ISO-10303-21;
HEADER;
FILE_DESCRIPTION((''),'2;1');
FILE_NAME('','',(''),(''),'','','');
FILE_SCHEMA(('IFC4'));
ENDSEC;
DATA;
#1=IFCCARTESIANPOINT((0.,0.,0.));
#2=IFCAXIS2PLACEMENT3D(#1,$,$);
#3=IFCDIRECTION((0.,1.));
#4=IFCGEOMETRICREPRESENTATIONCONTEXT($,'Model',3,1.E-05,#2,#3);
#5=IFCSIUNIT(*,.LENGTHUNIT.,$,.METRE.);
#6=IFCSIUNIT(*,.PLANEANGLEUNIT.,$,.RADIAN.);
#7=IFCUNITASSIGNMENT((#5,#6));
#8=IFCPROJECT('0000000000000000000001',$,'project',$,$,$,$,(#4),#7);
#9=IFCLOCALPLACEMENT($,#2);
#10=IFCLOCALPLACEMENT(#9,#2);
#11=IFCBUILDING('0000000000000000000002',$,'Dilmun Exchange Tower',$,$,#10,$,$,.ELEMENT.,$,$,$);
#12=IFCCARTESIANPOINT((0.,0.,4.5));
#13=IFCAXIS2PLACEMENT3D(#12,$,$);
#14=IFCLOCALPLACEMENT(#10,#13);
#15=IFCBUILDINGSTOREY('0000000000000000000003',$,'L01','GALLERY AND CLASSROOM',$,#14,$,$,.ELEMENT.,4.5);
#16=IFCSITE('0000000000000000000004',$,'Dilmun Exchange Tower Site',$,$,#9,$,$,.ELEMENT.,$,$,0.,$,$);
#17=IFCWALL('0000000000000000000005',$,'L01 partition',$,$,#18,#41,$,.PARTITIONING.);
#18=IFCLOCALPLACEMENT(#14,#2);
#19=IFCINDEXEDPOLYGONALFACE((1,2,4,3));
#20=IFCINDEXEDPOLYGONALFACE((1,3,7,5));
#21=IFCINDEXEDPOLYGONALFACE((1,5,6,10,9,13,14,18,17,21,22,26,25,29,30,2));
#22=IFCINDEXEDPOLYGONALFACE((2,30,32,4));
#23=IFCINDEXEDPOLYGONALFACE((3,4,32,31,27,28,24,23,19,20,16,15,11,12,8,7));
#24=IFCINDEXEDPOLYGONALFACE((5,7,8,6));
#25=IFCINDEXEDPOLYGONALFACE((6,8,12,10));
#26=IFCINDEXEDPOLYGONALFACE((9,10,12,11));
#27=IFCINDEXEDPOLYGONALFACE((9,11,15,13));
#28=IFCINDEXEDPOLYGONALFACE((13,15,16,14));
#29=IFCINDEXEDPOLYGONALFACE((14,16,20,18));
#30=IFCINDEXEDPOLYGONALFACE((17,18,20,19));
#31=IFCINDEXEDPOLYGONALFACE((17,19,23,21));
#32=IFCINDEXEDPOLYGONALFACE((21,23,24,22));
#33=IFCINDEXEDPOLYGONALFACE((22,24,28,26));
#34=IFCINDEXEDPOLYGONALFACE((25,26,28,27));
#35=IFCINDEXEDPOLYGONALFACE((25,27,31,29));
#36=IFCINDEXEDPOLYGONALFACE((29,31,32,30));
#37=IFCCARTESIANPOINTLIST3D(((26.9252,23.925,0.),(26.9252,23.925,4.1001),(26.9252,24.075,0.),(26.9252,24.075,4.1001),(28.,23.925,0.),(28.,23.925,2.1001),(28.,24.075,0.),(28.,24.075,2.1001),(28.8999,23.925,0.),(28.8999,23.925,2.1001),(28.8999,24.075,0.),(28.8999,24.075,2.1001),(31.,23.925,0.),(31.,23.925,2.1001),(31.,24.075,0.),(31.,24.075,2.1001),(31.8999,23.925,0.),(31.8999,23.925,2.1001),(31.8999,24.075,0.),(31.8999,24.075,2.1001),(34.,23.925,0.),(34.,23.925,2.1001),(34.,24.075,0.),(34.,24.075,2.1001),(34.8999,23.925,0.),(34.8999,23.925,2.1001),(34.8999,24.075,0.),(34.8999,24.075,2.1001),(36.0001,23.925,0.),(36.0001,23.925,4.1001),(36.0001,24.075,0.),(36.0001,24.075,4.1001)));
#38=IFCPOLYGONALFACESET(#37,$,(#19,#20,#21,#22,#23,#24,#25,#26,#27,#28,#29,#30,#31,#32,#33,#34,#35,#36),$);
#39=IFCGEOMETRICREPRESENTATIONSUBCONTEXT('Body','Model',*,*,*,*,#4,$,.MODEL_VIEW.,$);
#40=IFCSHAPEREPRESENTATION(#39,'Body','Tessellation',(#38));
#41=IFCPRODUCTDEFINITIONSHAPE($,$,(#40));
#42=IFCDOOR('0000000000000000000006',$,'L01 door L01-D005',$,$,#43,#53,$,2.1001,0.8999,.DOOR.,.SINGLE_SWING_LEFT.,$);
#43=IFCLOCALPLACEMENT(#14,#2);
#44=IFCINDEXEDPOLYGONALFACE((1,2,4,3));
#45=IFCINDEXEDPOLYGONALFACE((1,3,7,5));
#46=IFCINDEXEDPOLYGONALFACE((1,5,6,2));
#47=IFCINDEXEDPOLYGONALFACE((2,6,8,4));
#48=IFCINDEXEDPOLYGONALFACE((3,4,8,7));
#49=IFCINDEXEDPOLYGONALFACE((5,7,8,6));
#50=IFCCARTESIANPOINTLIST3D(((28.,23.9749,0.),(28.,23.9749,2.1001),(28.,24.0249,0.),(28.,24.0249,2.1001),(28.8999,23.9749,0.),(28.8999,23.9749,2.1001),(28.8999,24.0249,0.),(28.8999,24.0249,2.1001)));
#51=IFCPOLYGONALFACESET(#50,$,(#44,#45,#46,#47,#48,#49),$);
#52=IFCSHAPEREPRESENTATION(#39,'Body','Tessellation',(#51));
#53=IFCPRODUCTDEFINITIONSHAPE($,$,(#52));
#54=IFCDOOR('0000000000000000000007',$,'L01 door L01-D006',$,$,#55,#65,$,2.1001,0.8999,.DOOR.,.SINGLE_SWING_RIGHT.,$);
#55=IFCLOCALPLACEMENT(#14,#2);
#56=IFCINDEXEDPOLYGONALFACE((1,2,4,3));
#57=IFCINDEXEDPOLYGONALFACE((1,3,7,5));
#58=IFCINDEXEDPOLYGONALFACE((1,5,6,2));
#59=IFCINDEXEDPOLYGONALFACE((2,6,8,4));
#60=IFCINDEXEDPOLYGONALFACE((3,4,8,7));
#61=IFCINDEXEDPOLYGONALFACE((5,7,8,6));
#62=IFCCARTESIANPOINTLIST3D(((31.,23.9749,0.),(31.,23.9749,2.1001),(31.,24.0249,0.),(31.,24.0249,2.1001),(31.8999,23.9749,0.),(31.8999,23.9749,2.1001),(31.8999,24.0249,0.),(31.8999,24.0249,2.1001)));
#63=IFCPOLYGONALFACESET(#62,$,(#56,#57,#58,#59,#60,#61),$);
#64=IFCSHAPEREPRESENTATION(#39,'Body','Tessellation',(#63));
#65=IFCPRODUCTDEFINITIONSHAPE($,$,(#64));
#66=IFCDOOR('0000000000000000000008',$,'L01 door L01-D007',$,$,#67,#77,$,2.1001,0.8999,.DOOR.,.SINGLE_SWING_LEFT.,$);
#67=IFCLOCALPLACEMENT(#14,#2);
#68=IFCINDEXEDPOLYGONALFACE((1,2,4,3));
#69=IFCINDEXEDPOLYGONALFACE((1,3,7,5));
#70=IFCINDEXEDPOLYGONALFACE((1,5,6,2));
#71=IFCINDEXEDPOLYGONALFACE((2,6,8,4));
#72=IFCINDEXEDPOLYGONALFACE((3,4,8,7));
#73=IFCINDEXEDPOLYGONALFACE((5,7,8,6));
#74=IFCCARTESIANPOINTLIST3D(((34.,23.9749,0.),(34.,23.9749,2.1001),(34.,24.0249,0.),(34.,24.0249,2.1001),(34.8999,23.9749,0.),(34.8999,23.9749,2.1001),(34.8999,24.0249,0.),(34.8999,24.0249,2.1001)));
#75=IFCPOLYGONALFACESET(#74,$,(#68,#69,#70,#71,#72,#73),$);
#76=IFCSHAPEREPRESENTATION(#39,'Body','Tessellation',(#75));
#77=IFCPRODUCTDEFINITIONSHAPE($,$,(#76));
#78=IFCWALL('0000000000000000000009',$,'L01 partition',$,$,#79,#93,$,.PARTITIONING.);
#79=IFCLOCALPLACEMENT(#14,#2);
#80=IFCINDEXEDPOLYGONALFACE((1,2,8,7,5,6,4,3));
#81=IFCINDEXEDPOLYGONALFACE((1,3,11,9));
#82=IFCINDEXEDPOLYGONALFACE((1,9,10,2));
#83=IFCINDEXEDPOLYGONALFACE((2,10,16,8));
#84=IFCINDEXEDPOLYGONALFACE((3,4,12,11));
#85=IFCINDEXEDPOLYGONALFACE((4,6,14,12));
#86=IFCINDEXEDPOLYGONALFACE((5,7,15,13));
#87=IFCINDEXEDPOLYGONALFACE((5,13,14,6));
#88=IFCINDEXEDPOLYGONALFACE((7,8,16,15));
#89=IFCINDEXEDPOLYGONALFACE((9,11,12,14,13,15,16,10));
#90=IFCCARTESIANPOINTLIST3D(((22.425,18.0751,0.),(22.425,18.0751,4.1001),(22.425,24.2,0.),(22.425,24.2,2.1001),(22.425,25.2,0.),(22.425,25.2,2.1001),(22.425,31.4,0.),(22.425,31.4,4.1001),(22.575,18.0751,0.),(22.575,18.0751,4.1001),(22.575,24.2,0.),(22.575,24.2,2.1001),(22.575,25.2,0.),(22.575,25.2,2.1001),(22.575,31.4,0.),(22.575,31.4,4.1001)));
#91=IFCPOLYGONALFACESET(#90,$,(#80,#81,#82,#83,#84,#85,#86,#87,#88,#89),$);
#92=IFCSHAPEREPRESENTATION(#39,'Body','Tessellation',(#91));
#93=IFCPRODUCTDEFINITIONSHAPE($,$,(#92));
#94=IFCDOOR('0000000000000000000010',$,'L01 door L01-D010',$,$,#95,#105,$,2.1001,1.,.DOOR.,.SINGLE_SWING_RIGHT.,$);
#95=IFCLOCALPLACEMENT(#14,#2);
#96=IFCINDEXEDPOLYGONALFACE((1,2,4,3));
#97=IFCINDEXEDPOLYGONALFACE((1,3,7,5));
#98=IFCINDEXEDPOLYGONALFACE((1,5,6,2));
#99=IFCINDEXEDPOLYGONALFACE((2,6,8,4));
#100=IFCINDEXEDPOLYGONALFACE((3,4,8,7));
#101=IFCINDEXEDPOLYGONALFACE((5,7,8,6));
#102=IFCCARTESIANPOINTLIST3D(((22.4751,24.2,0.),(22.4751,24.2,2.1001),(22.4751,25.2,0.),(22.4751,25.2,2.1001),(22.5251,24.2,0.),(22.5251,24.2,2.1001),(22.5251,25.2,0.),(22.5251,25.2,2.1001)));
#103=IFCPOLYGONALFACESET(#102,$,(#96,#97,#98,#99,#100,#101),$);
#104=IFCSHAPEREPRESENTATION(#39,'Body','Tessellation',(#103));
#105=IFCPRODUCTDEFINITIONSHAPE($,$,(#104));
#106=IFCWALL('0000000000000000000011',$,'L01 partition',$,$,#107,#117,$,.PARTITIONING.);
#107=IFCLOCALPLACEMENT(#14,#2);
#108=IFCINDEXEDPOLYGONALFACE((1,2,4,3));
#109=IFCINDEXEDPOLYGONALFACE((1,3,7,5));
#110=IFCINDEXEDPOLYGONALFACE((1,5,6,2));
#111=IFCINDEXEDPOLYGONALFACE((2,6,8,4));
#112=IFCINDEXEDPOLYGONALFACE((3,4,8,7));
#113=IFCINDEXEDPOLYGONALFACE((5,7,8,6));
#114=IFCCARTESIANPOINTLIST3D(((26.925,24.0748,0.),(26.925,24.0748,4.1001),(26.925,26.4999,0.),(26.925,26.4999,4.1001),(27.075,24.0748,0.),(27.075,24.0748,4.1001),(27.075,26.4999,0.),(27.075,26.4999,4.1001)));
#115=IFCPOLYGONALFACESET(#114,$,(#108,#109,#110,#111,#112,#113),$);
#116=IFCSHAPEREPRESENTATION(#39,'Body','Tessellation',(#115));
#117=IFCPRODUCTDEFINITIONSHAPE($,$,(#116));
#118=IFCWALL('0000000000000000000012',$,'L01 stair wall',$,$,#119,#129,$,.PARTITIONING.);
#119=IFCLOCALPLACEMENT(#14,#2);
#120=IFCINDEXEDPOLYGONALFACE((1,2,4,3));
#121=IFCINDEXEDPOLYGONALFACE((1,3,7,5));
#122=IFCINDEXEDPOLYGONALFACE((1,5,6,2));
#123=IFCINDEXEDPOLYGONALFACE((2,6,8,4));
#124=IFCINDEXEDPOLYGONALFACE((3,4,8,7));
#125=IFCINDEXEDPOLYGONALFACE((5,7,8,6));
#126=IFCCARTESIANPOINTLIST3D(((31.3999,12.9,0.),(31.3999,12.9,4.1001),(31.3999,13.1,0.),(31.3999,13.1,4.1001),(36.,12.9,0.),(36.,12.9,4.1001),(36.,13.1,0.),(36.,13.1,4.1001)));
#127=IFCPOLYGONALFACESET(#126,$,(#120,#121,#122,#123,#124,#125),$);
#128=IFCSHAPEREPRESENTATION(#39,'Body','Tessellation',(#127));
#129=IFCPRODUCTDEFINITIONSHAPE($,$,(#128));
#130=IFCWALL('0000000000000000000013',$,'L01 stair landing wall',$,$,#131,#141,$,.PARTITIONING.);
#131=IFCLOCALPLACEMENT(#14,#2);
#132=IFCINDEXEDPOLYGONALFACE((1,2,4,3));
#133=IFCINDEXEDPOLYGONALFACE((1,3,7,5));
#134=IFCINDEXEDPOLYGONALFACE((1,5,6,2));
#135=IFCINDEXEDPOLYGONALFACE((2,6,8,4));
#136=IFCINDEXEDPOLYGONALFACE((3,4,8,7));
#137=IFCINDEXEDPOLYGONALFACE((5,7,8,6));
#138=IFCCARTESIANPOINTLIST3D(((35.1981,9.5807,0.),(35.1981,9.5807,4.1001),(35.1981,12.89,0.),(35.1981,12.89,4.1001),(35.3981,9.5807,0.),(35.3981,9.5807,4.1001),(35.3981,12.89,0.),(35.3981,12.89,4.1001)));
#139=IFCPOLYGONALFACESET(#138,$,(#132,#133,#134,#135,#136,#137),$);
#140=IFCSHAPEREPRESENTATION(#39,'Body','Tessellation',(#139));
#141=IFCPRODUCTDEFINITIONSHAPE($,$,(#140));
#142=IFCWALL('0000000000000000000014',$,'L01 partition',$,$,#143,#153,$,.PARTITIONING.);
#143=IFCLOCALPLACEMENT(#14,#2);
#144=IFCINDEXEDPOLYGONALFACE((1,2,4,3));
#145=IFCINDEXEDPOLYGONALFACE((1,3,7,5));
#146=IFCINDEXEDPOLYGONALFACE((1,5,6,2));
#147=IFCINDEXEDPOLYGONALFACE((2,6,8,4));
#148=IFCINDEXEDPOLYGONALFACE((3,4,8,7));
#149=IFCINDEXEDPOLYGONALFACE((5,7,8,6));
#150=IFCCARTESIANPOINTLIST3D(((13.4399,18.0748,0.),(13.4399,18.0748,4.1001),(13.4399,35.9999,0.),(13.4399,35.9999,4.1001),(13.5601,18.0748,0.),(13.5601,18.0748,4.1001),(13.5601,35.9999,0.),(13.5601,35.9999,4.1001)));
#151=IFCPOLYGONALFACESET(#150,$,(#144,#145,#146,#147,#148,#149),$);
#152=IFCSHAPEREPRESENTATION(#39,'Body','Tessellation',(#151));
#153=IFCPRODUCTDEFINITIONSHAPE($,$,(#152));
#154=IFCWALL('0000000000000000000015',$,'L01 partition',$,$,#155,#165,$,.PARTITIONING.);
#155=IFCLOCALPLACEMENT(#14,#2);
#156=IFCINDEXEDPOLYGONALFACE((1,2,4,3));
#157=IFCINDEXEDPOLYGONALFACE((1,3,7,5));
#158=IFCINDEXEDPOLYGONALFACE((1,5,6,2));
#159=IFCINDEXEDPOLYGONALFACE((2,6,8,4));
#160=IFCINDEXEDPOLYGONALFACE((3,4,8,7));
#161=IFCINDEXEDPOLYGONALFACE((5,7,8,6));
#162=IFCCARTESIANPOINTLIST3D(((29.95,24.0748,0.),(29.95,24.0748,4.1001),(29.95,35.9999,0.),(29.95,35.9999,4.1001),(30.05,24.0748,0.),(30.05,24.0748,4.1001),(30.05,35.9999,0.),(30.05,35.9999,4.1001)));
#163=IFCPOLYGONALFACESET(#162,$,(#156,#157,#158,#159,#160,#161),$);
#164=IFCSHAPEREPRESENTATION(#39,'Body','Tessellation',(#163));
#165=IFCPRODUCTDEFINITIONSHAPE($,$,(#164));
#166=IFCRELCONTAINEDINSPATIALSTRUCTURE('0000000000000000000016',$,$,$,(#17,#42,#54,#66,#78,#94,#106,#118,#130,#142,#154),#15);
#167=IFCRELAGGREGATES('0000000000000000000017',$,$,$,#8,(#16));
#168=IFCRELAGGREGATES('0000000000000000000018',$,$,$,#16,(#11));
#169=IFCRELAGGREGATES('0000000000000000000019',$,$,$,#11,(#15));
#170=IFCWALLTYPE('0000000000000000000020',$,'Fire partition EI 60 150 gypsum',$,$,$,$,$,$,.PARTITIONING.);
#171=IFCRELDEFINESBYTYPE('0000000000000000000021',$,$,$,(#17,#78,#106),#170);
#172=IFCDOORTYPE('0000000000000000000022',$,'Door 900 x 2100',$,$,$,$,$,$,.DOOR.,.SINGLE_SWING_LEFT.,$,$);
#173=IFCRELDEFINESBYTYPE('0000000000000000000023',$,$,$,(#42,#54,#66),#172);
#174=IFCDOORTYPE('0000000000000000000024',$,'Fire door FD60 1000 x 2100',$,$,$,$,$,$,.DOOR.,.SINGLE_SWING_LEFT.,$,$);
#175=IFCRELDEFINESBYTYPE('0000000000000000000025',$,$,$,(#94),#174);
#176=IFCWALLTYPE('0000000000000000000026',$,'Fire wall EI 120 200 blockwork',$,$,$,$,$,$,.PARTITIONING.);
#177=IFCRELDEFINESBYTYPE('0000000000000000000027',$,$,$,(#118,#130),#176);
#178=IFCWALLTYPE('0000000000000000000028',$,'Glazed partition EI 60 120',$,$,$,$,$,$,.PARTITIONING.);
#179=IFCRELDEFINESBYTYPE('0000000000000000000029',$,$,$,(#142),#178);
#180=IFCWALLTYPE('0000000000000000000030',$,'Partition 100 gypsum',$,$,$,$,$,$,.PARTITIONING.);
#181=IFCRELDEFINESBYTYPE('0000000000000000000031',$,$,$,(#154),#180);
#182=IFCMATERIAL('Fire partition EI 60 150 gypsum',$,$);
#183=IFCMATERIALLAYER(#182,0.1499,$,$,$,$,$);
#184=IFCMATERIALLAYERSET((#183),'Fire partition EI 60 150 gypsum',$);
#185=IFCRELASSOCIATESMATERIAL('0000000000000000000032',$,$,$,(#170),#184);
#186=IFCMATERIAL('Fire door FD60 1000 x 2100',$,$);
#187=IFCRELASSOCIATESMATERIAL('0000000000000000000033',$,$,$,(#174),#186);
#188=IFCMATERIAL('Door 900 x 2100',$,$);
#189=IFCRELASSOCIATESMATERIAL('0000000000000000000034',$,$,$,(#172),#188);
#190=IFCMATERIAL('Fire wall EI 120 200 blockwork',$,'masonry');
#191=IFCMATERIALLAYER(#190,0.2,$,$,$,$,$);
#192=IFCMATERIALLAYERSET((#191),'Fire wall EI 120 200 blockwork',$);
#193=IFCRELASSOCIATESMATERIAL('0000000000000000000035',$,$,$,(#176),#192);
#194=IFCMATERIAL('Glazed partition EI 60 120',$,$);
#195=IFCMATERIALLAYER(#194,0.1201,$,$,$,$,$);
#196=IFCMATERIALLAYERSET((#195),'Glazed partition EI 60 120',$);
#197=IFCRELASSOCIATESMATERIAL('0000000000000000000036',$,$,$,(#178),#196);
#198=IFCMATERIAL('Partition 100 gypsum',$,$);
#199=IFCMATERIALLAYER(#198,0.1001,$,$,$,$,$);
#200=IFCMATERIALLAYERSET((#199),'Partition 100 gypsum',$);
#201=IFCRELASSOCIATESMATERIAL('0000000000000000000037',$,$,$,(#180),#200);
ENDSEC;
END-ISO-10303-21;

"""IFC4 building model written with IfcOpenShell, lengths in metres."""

from ifc_helpers import new_model, si_unit, direction, frame, frame_2d, origin, place, context, subcontext, project, spatial, rectangle, extrude, material, layer, layer_set, type_object, element, fill, save


model = new_model("IFC4")

# Units and contexts
model_context = context("Model", 3, precision=1e-05, world=origin(), true_north=direction((0.0, 1.0)))
body_context = subcontext(model_context, "Body", "Model", "MODEL_VIEW")
ifc_project = project(units=[si_unit("LENGTHUNIT", "METRE"), si_unit("PLANEANGLEUNIT", "RADIAN")], contexts=[model_context])

# Site, building, storey
site_placement = place(None, origin())
site = spatial("IfcSite", under=ifc_project, at=site_placement, Name="Dilmun Exchange Tower Site", CompositionType="ELEMENT", RefElevation=0.0)
building_placement = place(site_placement, origin())
building = spatial("IfcBuilding", under=site, at=building_placement, Name="Dilmun Exchange Tower", CompositionType="ELEMENT")
storey_placement = place(building_placement, frame((0.0, 0.0, 4.5)))
storey = spatial("IfcBuildingStorey", under=building, at=storey_placement, Name="L01", Description="GALLERY AND CLASSROOM", CompositionType="ELEMENT", Elevation=4.5)

# Shared definitions
ifc_material_1 = material(Name="Fire partition EI 60 150 gypsum")
ifc_layer_1 = layer(ifc_material_1, 0.1499)
ifc_layer_set_1 = layer_set([ifc_layer_1], Name="Fire partition EI 60 150 gypsum")
wall_type_1 = type_object("IfcWallType", Name="Fire partition EI 60 150 gypsum", PredefinedType="PARTITIONING", material=ifc_layer_set_1)
ifc_material_2 = material(Name="Fire door FD60 1000 x 2100")
door_type_1 = type_object("IfcDoorType", Name="Fire door FD60 1000 x 2100", OperationType="SINGLE_SWING_LEFT", PredefinedType="DOOR", material=ifc_material_2)

# Wall, openings, doors
wall_1_placement = place(storey_placement, frame((26.925, 24.0, 0.0), z_axis=(0.0, 0.0, 1.0), x_axis=(1.0, 0.0, 0.0)))
wall_1 = element("IfcWall", 1, at=wall_1_placement, inside=storey, type_object=wall_type_1, Name="L01 partition", PredefinedType="PARTITIONING", context=body_context, shape_type="SweptSolid", body=[
    extrude(rectangle(XDim=9.075, YDim=0.1499, at=frame_2d((4.5376, 0.0))), origin(), (0.0, 0.0, 1.0), 4.1001),
])
opening_1_placement = place(wall_1_placement, frame((1.075, 0.0, 0.0)))
opening_1 = element("IfcOpeningElement", 2, at=opening_1_placement, cuts=wall_1, PredefinedType="OPENING", context=body_context, shape_type="SweptSolid", body=[
    extrude(rectangle(XDim=0.8999, YDim=2.1001, at=frame_2d((0.45, 1.05))), frame((0.0, 0.085, 0.0), z_axis=(0.0, -1.0, 0.0), x_axis=(1.0, 0.0, 0.0)), (0.0, 0.0, 1.0), 0.1699),
])
opening_2_placement = place(wall_1_placement, frame((4.075, 0.0, 0.0)))
opening_2 = element("IfcOpeningElement", 3, at=opening_2_placement, cuts=wall_1, PredefinedType="OPENING", context=body_context, shape_type="SweptSolid", body=[
    extrude(rectangle(XDim=0.8999, YDim=2.1001, at=frame_2d((0.45, 1.05))), frame((0.0, 0.085, 0.0), z_axis=(0.0, -1.0, 0.0), x_axis=(1.0, 0.0, 0.0)), (0.0, 0.0, 1.0), 0.1699),
])
opening_3_placement = place(wall_1_placement, frame((7.075, 0.0, 0.0)))
opening_3 = element("IfcOpeningElement", 4, at=opening_3_placement, cuts=wall_1, PredefinedType="OPENING", context=body_context, shape_type="SweptSolid", body=[
    extrude(rectangle(XDim=0.8999, YDim=2.1001, at=frame_2d((0.45, 1.05))), frame((0.0, 0.085, 0.0), z_axis=(0.0, -1.0, 0.0), x_axis=(1.0, 0.0, 0.0)), (0.0, 0.0, 1.0), 0.1699),
])
ifc_material_3 = material(Name="Door 900 x 2100")
door_type_2 = type_object("IfcDoorType", Name="Door 900 x 2100", OperationType="SINGLE_SWING_LEFT", PredefinedType="DOOR", material=ifc_material_3)
door_1_placement = place(opening_1_placement, origin())
door_1 = element("IfcDoor", 5, at=door_1_placement, inside=storey, type_object=door_type_2, Name="L01 door L01-D005", OperationType="SINGLE_SWING_LEFT", OverallHeight=2.1001, OverallWidth=0.8999, PredefinedType="DOOR", context=body_context, shape_type="SweptSolid", body=[
    extrude(rectangle(XDim=0.8999, YDim=2.1001, at=frame_2d((0.45, 1.05))), frame((0.0, 0.0249, 0.0), z_axis=(0.0, -1.0, 0.0), x_axis=(1.0, 0.0, 0.0)), (0.0, 0.0, 1.0), 0.05),
])
fill(opening_1, door_1)
door_2_placement = place(opening_2_placement, origin())
door_2 = element("IfcDoor", 6, at=door_2_placement, inside=storey, type_object=door_type_2, Name="L01 door L01-D006", OperationType="SINGLE_SWING_RIGHT", OverallHeight=2.1001, OverallWidth=0.8999, PredefinedType="DOOR", context=body_context, shape_type="SweptSolid", body=[
    extrude(rectangle(XDim=0.8999, YDim=2.1001, at=frame_2d((0.45, 1.05))), frame((0.0, 0.0249, 0.0), z_axis=(0.0, -1.0, 0.0), x_axis=(1.0, 0.0, 0.0)), (0.0, 0.0, 1.0), 0.05),
])
fill(opening_2, door_2)
door_3_placement = place(opening_3_placement, origin())
door_3 = element("IfcDoor", 7, at=door_3_placement, inside=storey, type_object=door_type_2, Name="L01 door L01-D007", OperationType="SINGLE_SWING_LEFT", OverallHeight=2.1001, OverallWidth=0.8999, PredefinedType="DOOR", context=body_context, shape_type="SweptSolid", body=[
    extrude(rectangle(XDim=0.8999, YDim=2.1001, at=frame_2d((0.45, 1.05))), frame((0.0, 0.0249, 0.0), z_axis=(0.0, -1.0, 0.0), x_axis=(1.0, 0.0, 0.0)), (0.0, 0.0, 1.0), 0.05),
])
fill(opening_3, door_3)

# Wall, opening, door
wall_2_placement = place(storey_placement, frame((22.5, 18.075, 0.0), z_axis=(0.0, 0.0, 1.0), x_axis=(0.0, 1.0, 0.0)))
wall_2 = element("IfcWall", 8, at=wall_2_placement, inside=storey, type_object=wall_type_1, Name="L01 partition", PredefinedType="PARTITIONING", context=body_context, shape_type="SweptSolid", body=[
    extrude(rectangle(XDim=13.325, YDim=0.1499, at=frame_2d((6.6626, 0.0))), origin(), (0.0, 0.0, 1.0), 4.1001),
])
opening_4_placement = place(wall_2_placement, frame((6.125, 0.0, 0.0)))
opening_4 = element("IfcOpeningElement", 9, at=opening_4_placement, cuts=wall_2, PredefinedType="OPENING", context=body_context, shape_type="SweptSolid", body=[
    extrude(rectangle(XDim=1.0, YDim=2.1001, at=frame_2d((0.5, 1.05))), frame((0.0, 0.085, 0.0), z_axis=(0.0, -1.0, 0.0), x_axis=(1.0, 0.0, 0.0)), (0.0, 0.0, 1.0), 0.1699),
])
door_4_placement = place(opening_4_placement, origin())
door_4 = element("IfcDoor", 10, at=door_4_placement, inside=storey, type_object=door_type_1, Name="L01 door L01-D010", OperationType="SINGLE_SWING_RIGHT", OverallHeight=2.1001, OverallWidth=1.0, PredefinedType="DOOR", context=body_context, shape_type="SweptSolid", body=[
    extrude(rectangle(XDim=1.0, YDim=2.1001, at=frame_2d((0.5, 1.05))), frame((0.0, 0.0249, 0.0), z_axis=(0.0, -1.0, 0.0), x_axis=(1.0, 0.0, 0.0)), (0.0, 0.0, 1.0), 0.05),
])
fill(opening_4, door_4)

# Walls
wall_3_placement = place(storey_placement, frame((27.0, 24.075, 0.0), z_axis=(0.0, 0.0, 1.0), x_axis=(0.0, 1.0, 0.0)))
element("IfcWall", 11, at=wall_3_placement, inside=storey, type_object=wall_type_1, Name="L01 partition", PredefinedType="PARTITIONING", context=body_context, shape_type="SweptSolid", body=[
    extrude(rectangle(XDim=2.425, YDim=0.1499, at=frame_2d((1.2124, 0.0))), origin(), (0.0, 0.0, 1.0), 4.1001),
])
ifc_material_4 = material(Name="Fire wall EI 120 200 blockwork", Category="masonry")
ifc_layer_2 = layer(ifc_material_4, 0.2)
ifc_layer_set_2 = layer_set([ifc_layer_2], Name="Fire wall EI 120 200 blockwork")
wall_type_2 = type_object("IfcWallType", Name="Fire wall EI 120 200 blockwork", PredefinedType="PARTITIONING", material=ifc_layer_set_2)
wall_4_placement = place(storey_placement, frame((31.3999, 13.0, 0.0), z_axis=(0.0, 0.0, 1.0), x_axis=(1.0, 0.0, 0.0)))
element("IfcWall", 12, at=wall_4_placement, inside=storey, type_object=wall_type_2, Name="L01 stair wall", PredefinedType="PARTITIONING", context=body_context, shape_type="SweptSolid", body=[
    extrude(rectangle(XDim=4.6001, YDim=0.2, at=frame_2d((2.3, 0.0))), origin(), (0.0, 0.0, 1.0), 4.1001),
])
wall_5_placement = place(storey_placement, frame((35.2981, 9.5806, 0.0), z_axis=(0.0, 0.0, 1.0), x_axis=(0.0, 1.0, 0.0)))
element("IfcWall", 13, at=wall_5_placement, inside=storey, type_object=wall_type_2, Name="L01 stair landing wall", PredefinedType="PARTITIONING", context=body_context, shape_type="SweptSolid", body=[
    extrude(rectangle(XDim=3.3093, YDim=0.2, at=frame_2d((1.6548, 0.0))), origin(), (0.0, 0.0, 1.0), 4.1001),
])
ifc_material_5 = material(Name="Glazed partition EI 60 120")
ifc_layer_3 = layer(ifc_material_5, 0.1201)
ifc_layer_set_3 = layer_set([ifc_layer_3], Name="Glazed partition EI 60 120")
wall_type_3 = type_object("IfcWallType", Name="Glazed partition EI 60 120", PredefinedType="PARTITIONING", material=ifc_layer_set_3)
wall_6_placement = place(storey_placement, frame((13.5, 18.075, 0.0), z_axis=(0.0, 0.0, 1.0), x_axis=(0.0, 1.0, 0.0)))
element("IfcWall", 14, at=wall_6_placement, inside=storey, type_object=wall_type_3, Name="L01 partition", PredefinedType="PARTITIONING", context=body_context, shape_type="SweptSolid", body=[
    extrude(rectangle(XDim=17.925, YDim=0.1201, at=frame_2d((8.9624, 0.0))), origin(), (0.0, 0.0, 1.0), 4.1001),
])
ifc_material_6 = material(Name="Partition 100 gypsum")
ifc_layer_4 = layer(ifc_material_6, 0.1001)
ifc_layer_set_4 = layer_set([ifc_layer_4], Name="Partition 100 gypsum")
wall_type_4 = type_object("IfcWallType", Name="Partition 100 gypsum", PredefinedType="PARTITIONING", material=ifc_layer_set_4)
for number, where, z_axis, x_axis, name in (
    (15, (30.0, 24.075, 0.0), (0.0, 0.0, 1.0), (0.0, 1.0, 0.0), "L01 partition"),
):
    element("IfcWall", number, at=place(storey_placement, frame(where, z_axis=z_axis, x_axis=x_axis)), inside=storey, type_object=wall_type_4, Name=name, PredefinedType="PARTITIONING", context=body_context, shape_type="SweptSolid", body=[
        extrude(rectangle(XDim=11.925, YDim=0.1001, at=frame_2d((5.9624, 0.0))), origin(), (0.0, 0.0, 1.0), 4.1001),
    ])

save(model, "model.ifc")
